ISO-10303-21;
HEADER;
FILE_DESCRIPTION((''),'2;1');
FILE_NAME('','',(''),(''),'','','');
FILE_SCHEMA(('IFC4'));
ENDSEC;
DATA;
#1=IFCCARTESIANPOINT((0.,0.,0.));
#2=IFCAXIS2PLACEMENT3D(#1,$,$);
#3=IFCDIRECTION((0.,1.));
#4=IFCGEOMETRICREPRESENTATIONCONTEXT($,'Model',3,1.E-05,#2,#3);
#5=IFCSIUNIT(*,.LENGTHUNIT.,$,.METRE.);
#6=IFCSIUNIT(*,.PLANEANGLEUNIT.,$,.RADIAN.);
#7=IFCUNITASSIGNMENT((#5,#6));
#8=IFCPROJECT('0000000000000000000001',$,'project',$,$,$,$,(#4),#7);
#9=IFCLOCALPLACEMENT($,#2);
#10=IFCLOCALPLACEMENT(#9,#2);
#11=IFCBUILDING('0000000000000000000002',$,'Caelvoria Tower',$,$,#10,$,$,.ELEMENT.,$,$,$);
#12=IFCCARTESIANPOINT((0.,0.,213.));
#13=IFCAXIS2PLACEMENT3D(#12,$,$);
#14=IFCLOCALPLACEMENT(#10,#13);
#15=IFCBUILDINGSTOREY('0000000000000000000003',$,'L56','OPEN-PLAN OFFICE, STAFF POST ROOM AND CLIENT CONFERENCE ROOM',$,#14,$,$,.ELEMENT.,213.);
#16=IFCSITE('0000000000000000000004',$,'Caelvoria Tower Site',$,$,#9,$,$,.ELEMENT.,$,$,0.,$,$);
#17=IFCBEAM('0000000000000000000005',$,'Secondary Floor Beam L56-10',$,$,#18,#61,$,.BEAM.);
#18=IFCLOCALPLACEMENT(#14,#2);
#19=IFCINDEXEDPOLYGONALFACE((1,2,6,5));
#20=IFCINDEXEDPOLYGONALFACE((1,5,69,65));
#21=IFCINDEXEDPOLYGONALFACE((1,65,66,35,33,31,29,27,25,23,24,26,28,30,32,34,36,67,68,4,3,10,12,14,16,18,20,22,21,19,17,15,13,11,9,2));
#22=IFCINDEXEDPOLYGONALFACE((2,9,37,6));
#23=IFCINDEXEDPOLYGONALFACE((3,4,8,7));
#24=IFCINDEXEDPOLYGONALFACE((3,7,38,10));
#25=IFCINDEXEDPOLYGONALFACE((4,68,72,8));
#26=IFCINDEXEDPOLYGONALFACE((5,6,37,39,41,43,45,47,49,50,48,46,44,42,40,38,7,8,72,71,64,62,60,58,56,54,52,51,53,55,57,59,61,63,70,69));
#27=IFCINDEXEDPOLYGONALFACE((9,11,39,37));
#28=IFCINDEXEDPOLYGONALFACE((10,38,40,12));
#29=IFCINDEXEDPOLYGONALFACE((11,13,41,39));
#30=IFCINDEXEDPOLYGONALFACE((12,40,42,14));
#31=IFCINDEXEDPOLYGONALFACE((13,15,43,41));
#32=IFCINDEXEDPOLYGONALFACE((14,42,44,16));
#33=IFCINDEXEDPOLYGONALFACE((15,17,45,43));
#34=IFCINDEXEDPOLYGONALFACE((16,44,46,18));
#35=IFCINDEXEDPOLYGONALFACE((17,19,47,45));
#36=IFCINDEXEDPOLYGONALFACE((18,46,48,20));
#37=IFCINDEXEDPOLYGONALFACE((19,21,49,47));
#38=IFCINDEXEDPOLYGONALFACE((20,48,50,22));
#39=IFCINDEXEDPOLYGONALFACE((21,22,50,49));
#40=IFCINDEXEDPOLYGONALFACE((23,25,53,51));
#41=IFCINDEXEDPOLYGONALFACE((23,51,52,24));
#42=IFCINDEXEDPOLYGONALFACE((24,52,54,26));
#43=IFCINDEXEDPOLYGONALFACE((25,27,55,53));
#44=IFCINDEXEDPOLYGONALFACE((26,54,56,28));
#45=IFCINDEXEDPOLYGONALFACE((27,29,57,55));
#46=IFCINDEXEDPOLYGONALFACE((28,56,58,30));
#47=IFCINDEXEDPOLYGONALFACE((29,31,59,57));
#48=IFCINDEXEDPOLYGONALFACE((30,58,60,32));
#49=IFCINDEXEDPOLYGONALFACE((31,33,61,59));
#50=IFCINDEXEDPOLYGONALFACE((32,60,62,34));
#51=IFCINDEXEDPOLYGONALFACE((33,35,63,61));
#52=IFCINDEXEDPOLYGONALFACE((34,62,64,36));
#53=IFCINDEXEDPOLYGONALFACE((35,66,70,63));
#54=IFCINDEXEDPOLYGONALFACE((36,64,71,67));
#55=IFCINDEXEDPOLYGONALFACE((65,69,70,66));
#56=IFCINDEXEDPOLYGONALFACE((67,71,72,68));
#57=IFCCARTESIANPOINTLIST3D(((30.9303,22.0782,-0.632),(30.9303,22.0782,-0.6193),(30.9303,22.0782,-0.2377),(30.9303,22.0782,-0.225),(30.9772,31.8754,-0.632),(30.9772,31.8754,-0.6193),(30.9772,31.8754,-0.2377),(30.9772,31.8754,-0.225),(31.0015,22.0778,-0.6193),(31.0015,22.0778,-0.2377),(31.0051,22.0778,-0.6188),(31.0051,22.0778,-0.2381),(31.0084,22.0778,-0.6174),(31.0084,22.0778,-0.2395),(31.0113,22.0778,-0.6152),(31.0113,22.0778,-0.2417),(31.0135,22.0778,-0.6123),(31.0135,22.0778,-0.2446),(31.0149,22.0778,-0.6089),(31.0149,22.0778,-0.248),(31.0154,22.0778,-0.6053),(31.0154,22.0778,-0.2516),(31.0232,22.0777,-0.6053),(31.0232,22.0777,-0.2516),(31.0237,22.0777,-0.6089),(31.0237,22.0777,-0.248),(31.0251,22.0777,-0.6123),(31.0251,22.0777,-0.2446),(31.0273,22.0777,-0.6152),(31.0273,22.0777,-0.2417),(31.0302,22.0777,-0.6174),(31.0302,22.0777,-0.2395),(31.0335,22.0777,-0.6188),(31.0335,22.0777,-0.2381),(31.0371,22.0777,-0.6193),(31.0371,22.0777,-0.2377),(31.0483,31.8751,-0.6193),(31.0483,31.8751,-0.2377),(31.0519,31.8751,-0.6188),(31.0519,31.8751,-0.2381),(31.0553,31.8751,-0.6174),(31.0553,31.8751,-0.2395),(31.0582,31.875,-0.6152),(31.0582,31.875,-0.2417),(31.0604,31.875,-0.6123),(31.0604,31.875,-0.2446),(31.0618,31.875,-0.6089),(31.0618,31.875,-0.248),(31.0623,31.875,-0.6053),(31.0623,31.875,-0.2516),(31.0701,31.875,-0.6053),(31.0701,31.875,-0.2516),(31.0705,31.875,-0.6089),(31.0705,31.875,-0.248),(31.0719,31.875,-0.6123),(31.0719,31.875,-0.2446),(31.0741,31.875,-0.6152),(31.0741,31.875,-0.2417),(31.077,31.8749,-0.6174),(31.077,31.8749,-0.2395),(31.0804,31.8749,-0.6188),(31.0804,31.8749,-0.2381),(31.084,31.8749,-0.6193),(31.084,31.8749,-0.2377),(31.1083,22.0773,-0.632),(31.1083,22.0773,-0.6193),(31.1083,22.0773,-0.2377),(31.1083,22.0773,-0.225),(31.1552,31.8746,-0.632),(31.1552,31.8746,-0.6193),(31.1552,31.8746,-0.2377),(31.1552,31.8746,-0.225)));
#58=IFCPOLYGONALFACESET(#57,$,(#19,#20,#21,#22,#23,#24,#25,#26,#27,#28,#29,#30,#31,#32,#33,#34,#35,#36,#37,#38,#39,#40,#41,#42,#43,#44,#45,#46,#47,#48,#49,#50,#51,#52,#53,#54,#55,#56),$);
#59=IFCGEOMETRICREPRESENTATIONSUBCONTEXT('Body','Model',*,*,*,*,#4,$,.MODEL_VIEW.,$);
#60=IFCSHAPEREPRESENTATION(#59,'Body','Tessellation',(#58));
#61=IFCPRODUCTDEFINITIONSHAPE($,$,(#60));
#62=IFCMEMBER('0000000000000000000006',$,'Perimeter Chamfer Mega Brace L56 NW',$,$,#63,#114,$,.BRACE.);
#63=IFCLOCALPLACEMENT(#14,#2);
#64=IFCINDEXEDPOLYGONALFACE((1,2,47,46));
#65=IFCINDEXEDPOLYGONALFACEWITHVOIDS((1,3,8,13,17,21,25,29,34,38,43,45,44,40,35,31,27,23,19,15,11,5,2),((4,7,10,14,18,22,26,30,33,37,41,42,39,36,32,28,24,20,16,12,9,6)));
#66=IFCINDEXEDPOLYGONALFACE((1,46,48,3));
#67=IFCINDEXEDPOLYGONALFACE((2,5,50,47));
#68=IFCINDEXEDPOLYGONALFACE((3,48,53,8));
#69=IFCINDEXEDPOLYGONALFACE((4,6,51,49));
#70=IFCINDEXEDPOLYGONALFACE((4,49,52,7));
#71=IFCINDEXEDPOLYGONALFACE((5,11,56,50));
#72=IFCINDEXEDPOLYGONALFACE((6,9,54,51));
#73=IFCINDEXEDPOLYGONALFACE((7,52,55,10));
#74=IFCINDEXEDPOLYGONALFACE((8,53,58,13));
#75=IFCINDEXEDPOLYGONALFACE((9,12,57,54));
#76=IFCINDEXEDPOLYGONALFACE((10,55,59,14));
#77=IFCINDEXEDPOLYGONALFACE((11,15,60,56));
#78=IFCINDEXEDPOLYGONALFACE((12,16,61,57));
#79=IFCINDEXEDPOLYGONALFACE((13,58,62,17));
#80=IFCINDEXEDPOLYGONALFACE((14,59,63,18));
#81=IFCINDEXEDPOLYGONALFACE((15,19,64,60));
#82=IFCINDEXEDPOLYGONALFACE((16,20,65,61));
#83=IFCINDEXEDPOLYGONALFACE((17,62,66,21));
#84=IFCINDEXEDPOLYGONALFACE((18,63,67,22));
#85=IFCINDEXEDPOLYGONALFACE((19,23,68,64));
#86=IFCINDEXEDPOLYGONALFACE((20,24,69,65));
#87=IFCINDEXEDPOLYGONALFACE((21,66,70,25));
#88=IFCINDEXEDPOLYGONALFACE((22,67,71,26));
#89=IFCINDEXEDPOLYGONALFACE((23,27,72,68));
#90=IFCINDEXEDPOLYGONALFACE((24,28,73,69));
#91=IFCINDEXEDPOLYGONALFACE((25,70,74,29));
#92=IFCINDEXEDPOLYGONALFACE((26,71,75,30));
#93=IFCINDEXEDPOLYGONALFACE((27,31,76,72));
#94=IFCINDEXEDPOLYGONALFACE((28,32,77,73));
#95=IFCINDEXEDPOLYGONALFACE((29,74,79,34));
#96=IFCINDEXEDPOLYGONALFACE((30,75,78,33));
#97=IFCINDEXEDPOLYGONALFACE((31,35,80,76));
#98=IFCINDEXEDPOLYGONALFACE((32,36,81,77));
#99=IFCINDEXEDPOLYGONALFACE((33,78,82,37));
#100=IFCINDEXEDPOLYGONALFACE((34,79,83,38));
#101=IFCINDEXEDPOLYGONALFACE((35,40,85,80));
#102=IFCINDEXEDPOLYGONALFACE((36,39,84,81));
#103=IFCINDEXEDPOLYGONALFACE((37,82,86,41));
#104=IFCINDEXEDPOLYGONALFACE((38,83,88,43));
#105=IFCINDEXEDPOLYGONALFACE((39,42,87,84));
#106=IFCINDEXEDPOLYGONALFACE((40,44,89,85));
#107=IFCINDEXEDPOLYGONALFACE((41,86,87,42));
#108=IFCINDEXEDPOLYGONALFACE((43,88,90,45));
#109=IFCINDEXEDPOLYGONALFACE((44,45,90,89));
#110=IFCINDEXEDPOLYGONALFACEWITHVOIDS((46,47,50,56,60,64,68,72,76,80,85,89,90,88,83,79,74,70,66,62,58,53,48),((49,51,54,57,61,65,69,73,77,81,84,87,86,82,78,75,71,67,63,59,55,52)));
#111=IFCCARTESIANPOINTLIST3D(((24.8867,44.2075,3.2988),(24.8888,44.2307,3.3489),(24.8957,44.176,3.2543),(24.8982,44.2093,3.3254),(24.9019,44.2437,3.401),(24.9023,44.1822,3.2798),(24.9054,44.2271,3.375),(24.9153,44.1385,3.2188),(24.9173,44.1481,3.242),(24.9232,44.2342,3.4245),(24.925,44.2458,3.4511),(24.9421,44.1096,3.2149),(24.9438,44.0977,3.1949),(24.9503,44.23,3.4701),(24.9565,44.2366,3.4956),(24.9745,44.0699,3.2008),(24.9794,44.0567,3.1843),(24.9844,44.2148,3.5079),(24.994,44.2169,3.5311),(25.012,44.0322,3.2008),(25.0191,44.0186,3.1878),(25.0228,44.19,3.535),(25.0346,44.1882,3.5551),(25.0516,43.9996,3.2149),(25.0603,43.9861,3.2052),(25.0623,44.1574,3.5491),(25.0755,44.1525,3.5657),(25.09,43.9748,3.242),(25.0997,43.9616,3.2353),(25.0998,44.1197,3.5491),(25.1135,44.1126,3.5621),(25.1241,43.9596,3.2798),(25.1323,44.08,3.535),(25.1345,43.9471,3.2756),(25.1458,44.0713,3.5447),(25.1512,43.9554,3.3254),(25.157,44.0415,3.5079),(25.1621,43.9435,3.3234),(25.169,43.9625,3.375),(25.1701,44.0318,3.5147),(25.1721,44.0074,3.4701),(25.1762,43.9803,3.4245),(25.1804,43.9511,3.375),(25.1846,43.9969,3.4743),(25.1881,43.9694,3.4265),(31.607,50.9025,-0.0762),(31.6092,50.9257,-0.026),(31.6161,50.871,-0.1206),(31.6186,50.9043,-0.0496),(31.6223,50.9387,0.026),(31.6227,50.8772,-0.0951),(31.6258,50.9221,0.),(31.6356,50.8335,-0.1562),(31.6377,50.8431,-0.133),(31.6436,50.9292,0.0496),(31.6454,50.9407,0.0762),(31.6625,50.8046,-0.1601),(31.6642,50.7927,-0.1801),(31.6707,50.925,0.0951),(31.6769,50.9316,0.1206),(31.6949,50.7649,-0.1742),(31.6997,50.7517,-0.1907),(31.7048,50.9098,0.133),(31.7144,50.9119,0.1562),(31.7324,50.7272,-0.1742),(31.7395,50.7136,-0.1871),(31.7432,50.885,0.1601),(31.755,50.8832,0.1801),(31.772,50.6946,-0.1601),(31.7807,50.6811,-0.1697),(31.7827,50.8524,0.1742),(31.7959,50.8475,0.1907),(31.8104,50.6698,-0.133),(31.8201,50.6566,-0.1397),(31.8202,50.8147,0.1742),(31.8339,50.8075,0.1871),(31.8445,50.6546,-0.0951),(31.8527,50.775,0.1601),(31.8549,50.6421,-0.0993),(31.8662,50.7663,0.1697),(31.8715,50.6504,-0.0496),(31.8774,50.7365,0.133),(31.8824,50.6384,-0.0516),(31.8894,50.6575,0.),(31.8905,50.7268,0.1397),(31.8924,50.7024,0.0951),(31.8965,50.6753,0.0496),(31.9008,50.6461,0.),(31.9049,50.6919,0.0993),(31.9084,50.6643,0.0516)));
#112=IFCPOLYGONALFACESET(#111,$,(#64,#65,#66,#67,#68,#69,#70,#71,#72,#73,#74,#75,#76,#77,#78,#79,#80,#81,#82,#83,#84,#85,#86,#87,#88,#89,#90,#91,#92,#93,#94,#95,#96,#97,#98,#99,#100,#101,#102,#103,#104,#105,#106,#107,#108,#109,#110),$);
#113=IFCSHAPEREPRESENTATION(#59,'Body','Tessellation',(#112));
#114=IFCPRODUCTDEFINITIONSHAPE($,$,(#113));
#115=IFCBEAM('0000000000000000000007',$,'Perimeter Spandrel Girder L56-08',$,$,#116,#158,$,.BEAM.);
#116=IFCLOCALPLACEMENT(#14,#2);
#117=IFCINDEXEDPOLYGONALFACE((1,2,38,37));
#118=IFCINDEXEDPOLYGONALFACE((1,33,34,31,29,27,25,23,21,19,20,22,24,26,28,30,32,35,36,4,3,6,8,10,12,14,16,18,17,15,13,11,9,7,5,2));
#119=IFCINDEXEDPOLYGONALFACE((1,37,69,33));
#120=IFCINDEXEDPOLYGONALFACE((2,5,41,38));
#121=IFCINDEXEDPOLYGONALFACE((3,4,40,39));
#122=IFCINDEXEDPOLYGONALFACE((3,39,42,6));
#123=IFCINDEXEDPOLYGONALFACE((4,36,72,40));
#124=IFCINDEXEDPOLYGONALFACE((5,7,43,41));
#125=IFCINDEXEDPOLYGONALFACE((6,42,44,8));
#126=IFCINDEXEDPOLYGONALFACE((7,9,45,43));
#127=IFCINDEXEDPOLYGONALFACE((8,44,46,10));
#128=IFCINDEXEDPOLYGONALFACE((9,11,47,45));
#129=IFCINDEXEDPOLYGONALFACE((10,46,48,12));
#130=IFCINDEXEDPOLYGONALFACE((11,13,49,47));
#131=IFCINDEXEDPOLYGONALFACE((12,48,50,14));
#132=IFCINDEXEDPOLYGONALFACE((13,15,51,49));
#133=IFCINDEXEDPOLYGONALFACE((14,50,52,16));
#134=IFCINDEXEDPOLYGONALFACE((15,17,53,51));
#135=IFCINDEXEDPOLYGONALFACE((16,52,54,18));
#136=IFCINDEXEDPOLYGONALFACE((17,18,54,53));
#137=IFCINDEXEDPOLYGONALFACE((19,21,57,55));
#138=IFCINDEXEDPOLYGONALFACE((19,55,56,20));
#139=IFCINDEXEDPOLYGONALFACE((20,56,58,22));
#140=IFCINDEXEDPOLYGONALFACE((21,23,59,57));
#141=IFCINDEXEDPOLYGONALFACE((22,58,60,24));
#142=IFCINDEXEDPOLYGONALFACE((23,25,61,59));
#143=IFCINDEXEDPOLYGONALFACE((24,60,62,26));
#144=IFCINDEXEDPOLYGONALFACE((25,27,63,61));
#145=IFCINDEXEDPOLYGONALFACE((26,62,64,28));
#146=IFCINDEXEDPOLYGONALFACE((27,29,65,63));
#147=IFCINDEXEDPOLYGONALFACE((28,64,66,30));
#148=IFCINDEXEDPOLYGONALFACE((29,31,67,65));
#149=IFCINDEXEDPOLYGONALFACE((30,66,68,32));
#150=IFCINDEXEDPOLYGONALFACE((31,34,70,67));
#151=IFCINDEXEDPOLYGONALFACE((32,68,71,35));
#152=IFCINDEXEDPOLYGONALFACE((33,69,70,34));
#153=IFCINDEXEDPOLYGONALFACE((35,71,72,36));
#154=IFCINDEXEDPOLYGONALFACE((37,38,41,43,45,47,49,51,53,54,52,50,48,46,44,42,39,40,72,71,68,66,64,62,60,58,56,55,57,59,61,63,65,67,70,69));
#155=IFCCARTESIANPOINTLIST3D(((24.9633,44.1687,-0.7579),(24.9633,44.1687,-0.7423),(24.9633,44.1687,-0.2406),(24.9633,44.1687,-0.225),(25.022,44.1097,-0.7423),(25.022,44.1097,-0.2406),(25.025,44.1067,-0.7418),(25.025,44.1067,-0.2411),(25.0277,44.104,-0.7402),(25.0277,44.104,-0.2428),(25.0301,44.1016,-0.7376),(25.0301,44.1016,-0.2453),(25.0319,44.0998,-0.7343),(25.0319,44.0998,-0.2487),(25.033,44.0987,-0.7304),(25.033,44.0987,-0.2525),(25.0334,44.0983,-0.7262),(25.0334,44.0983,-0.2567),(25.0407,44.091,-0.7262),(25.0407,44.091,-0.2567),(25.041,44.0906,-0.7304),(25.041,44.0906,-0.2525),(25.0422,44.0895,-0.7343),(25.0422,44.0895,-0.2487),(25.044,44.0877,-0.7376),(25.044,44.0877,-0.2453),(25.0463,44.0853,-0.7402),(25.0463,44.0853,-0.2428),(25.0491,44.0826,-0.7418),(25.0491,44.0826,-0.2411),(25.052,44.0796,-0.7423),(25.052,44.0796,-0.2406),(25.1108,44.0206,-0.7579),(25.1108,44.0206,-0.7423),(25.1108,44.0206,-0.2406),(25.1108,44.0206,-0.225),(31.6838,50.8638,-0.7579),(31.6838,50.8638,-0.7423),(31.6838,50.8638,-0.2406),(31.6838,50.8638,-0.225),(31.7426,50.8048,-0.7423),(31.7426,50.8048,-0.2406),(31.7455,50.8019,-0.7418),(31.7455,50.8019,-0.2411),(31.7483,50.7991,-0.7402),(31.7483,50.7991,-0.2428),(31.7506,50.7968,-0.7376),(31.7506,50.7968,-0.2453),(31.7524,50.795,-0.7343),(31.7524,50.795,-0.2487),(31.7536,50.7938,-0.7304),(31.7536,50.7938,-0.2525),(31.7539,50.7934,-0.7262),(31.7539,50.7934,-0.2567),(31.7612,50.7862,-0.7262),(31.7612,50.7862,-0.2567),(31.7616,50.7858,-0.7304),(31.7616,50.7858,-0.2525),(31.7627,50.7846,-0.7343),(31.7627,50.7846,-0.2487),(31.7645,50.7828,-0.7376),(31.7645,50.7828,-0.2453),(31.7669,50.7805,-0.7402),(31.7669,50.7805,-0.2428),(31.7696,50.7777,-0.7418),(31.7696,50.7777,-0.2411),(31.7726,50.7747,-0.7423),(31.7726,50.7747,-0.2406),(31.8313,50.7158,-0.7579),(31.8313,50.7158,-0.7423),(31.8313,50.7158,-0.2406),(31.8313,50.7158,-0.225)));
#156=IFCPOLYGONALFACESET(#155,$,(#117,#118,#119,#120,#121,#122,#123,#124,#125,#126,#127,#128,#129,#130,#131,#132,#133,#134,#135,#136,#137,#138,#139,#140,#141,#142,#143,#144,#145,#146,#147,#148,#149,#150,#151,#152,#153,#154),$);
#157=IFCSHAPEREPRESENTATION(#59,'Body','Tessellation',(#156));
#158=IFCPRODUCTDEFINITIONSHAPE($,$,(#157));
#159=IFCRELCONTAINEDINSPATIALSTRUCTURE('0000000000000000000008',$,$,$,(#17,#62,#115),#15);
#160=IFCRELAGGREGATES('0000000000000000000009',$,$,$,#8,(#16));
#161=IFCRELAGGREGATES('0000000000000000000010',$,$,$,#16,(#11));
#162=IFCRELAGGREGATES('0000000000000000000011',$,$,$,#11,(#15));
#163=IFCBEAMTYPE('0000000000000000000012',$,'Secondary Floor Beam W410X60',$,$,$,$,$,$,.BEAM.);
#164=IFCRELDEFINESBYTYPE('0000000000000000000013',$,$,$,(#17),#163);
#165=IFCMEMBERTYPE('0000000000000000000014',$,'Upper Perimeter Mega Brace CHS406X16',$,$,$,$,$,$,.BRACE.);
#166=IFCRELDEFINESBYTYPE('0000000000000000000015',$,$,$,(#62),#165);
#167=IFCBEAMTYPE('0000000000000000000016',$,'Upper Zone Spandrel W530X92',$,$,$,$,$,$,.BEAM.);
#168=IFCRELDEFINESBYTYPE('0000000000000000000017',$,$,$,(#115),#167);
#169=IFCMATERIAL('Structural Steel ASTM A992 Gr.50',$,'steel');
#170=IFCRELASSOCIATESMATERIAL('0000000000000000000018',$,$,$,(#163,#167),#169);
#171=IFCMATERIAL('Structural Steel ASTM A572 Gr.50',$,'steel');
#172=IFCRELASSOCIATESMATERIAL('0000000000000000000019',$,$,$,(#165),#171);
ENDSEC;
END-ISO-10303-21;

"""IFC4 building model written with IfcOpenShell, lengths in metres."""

from ifc_helpers import new_model, si_unit, direction, frame, origin, origin_2d, place, context, subcontext, project, spatial, hollow_circle, i_section, extrude, material, material_profile, profile_set, type_object, element, save


model = new_model("IFC4")

# Units and contexts
model_context = context("Model", 3, precision=1e-05, world=origin(), true_north=direction((0.0, 1.0)))
body_context = subcontext(model_context, "Body", "Model", "MODEL_VIEW")
ifc_project = project(units=[si_unit("LENGTHUNIT", "METRE"), si_unit("PLANEANGLEUNIT", "RADIAN")], contexts=[model_context])

# Site, building, storey
site_placement = place(None, origin())
site = spatial("IfcSite", under=ifc_project, at=site_placement, Name="Caelvoria Tower Site", CompositionType="ELEMENT", RefElevation=0.0)
building_placement = place(site_placement, origin())
building = spatial("IfcBuilding", under=site, at=building_placement, Name="Caelvoria Tower", CompositionType="ELEMENT")
storey_placement = place(building_placement, frame((0.0, 0.0, 213.0)))
storey = spatial("IfcBuildingStorey", under=building, at=storey_placement, Name="L56", Description="OPEN-PLAN OFFICE, STAFF POST ROOM AND CLIENT CONFERENCE ROOM", CompositionType="ELEMENT", Elevation=213.0)

# Shared definitions
ifc_material_1 = material(Name="Structural Steel ASTM A572 Gr.50", Category="steel")
ifc_material_2 = material(Name="Structural Steel ASTM A992 Gr.50", Category="steel")

# Beam
ifc_material_profile_1 = material_profile(ifc_material_2, i_section(OverallWidth=0.178, OverallDepth=0.407, WebThickness=0.0078, FlangeThickness=0.0127, FilletRadius=0.0139, at=origin_2d()), Name="Structural Steel ASTM A992 Gr.50")
ifc_profile_set_1 = profile_set([ifc_material_profile_1], Name="W410X60 - Structural Steel ASTM A992 Gr.50")
beam_type_1 = type_object("IfcBeamType", Name="Secondary Floor Beam W410X60", PredefinedType="BEAM", material=ifc_profile_set_1)
for number, where, z_axis, x_axis, name in (
    (1, (31.0662, 31.875, -0.4285), (-0.004784, -0.999989, 0.0), (0.999989, -0.004784, 0.0), "Secondary Floor Beam L56-10"),
):
    element("IfcBeam", number, at=place(storey_placement, frame(where, z_axis=z_axis, x_axis=x_axis)), inside=storey, type_object=beam_type_1, Name=name, PredefinedType="BEAM", context=body_context, shape_type="SweptSolid", body=[
        extrude(i_section(OverallWidth=0.178, OverallDepth=0.407, WebThickness=0.0078, FlangeThickness=0.0127, FilletRadius=0.0139, at=origin_2d()), origin(), (0.0, 0.0, 1.0), 9.7974),
    ])

# Member
ifc_material_profile_2 = material_profile(ifc_material_1, hollow_circle(Radius=0.2029, WallThickness=0.0161, at=origin_2d()), Name="Structural Steel ASTM A572 Gr.50")
ifc_profile_set_2 = profile_set([ifc_material_profile_2], Name="CHS406X16 - Structural Steel ASTM A572 Gr.50")
member_type = type_object("IfcMemberType", Name="Upper Perimeter Mega Brace CHS406X16", PredefinedType="BRACE", material=ifc_profile_set_2)
member_placement = place(storey_placement, frame((31.7576, 50.7898, 0.0), z_axis=(-0.667459, -0.664937, 0.335197), x_axis=(0.705767, -0.708444, 0.0)))
element("IfcMember", 2, at=member_placement, inside=storey, type_object=member_type, Name="Perimeter Chamfer Mega Brace L56 NW", PredefinedType="BRACE", context=body_context, shape_type="SweptSolid", body=[
    extrude(hollow_circle(Radius=0.2029, WallThickness=0.0161, at=origin_2d()), origin(), (0.0, 0.0, 1.0), 10.0686),
])

# Beam
ifc_material_profile_3 = material_profile(ifc_material_2, i_section(OverallWidth=0.209, OverallDepth=0.533, WebThickness=0.0103, FlangeThickness=0.0156, FilletRadius=0.0161, at=origin_2d()), Name="Structural Steel ASTM A992 Gr.50")
ifc_profile_set_3 = profile_set([ifc_material_profile_3], Name="W530X92 - Structural Steel ASTM A992 Gr.50")
beam_type_2 = type_object("IfcBeamType", Name="Upper Zone Spandrel W530X92", PredefinedType="BEAM", material=ifc_profile_set_3)
beam_1_placement = place(storey_placement, frame((31.7576, 50.7898, -0.4915), z_axis=(-0.708444, -0.705767, 0.0), x_axis=(0.705767, -0.708444, 0.0)))
element("IfcBeam", 3, at=beam_1_placement, inside=storey, type_object=beam_type_2, Name="Perimeter Spandrel Girder L56-08", PredefinedType="BEAM", context=body_context, shape_type="SweptSolid", body=[
    extrude(i_section(OverallWidth=0.209, OverallDepth=0.533, WebThickness=0.0103, FlangeThickness=0.0156, FilletRadius=0.0161, at=origin_2d()), origin(), (0.0, 0.0, 1.0), 9.4863),
])

save(model, "model.ifc")
